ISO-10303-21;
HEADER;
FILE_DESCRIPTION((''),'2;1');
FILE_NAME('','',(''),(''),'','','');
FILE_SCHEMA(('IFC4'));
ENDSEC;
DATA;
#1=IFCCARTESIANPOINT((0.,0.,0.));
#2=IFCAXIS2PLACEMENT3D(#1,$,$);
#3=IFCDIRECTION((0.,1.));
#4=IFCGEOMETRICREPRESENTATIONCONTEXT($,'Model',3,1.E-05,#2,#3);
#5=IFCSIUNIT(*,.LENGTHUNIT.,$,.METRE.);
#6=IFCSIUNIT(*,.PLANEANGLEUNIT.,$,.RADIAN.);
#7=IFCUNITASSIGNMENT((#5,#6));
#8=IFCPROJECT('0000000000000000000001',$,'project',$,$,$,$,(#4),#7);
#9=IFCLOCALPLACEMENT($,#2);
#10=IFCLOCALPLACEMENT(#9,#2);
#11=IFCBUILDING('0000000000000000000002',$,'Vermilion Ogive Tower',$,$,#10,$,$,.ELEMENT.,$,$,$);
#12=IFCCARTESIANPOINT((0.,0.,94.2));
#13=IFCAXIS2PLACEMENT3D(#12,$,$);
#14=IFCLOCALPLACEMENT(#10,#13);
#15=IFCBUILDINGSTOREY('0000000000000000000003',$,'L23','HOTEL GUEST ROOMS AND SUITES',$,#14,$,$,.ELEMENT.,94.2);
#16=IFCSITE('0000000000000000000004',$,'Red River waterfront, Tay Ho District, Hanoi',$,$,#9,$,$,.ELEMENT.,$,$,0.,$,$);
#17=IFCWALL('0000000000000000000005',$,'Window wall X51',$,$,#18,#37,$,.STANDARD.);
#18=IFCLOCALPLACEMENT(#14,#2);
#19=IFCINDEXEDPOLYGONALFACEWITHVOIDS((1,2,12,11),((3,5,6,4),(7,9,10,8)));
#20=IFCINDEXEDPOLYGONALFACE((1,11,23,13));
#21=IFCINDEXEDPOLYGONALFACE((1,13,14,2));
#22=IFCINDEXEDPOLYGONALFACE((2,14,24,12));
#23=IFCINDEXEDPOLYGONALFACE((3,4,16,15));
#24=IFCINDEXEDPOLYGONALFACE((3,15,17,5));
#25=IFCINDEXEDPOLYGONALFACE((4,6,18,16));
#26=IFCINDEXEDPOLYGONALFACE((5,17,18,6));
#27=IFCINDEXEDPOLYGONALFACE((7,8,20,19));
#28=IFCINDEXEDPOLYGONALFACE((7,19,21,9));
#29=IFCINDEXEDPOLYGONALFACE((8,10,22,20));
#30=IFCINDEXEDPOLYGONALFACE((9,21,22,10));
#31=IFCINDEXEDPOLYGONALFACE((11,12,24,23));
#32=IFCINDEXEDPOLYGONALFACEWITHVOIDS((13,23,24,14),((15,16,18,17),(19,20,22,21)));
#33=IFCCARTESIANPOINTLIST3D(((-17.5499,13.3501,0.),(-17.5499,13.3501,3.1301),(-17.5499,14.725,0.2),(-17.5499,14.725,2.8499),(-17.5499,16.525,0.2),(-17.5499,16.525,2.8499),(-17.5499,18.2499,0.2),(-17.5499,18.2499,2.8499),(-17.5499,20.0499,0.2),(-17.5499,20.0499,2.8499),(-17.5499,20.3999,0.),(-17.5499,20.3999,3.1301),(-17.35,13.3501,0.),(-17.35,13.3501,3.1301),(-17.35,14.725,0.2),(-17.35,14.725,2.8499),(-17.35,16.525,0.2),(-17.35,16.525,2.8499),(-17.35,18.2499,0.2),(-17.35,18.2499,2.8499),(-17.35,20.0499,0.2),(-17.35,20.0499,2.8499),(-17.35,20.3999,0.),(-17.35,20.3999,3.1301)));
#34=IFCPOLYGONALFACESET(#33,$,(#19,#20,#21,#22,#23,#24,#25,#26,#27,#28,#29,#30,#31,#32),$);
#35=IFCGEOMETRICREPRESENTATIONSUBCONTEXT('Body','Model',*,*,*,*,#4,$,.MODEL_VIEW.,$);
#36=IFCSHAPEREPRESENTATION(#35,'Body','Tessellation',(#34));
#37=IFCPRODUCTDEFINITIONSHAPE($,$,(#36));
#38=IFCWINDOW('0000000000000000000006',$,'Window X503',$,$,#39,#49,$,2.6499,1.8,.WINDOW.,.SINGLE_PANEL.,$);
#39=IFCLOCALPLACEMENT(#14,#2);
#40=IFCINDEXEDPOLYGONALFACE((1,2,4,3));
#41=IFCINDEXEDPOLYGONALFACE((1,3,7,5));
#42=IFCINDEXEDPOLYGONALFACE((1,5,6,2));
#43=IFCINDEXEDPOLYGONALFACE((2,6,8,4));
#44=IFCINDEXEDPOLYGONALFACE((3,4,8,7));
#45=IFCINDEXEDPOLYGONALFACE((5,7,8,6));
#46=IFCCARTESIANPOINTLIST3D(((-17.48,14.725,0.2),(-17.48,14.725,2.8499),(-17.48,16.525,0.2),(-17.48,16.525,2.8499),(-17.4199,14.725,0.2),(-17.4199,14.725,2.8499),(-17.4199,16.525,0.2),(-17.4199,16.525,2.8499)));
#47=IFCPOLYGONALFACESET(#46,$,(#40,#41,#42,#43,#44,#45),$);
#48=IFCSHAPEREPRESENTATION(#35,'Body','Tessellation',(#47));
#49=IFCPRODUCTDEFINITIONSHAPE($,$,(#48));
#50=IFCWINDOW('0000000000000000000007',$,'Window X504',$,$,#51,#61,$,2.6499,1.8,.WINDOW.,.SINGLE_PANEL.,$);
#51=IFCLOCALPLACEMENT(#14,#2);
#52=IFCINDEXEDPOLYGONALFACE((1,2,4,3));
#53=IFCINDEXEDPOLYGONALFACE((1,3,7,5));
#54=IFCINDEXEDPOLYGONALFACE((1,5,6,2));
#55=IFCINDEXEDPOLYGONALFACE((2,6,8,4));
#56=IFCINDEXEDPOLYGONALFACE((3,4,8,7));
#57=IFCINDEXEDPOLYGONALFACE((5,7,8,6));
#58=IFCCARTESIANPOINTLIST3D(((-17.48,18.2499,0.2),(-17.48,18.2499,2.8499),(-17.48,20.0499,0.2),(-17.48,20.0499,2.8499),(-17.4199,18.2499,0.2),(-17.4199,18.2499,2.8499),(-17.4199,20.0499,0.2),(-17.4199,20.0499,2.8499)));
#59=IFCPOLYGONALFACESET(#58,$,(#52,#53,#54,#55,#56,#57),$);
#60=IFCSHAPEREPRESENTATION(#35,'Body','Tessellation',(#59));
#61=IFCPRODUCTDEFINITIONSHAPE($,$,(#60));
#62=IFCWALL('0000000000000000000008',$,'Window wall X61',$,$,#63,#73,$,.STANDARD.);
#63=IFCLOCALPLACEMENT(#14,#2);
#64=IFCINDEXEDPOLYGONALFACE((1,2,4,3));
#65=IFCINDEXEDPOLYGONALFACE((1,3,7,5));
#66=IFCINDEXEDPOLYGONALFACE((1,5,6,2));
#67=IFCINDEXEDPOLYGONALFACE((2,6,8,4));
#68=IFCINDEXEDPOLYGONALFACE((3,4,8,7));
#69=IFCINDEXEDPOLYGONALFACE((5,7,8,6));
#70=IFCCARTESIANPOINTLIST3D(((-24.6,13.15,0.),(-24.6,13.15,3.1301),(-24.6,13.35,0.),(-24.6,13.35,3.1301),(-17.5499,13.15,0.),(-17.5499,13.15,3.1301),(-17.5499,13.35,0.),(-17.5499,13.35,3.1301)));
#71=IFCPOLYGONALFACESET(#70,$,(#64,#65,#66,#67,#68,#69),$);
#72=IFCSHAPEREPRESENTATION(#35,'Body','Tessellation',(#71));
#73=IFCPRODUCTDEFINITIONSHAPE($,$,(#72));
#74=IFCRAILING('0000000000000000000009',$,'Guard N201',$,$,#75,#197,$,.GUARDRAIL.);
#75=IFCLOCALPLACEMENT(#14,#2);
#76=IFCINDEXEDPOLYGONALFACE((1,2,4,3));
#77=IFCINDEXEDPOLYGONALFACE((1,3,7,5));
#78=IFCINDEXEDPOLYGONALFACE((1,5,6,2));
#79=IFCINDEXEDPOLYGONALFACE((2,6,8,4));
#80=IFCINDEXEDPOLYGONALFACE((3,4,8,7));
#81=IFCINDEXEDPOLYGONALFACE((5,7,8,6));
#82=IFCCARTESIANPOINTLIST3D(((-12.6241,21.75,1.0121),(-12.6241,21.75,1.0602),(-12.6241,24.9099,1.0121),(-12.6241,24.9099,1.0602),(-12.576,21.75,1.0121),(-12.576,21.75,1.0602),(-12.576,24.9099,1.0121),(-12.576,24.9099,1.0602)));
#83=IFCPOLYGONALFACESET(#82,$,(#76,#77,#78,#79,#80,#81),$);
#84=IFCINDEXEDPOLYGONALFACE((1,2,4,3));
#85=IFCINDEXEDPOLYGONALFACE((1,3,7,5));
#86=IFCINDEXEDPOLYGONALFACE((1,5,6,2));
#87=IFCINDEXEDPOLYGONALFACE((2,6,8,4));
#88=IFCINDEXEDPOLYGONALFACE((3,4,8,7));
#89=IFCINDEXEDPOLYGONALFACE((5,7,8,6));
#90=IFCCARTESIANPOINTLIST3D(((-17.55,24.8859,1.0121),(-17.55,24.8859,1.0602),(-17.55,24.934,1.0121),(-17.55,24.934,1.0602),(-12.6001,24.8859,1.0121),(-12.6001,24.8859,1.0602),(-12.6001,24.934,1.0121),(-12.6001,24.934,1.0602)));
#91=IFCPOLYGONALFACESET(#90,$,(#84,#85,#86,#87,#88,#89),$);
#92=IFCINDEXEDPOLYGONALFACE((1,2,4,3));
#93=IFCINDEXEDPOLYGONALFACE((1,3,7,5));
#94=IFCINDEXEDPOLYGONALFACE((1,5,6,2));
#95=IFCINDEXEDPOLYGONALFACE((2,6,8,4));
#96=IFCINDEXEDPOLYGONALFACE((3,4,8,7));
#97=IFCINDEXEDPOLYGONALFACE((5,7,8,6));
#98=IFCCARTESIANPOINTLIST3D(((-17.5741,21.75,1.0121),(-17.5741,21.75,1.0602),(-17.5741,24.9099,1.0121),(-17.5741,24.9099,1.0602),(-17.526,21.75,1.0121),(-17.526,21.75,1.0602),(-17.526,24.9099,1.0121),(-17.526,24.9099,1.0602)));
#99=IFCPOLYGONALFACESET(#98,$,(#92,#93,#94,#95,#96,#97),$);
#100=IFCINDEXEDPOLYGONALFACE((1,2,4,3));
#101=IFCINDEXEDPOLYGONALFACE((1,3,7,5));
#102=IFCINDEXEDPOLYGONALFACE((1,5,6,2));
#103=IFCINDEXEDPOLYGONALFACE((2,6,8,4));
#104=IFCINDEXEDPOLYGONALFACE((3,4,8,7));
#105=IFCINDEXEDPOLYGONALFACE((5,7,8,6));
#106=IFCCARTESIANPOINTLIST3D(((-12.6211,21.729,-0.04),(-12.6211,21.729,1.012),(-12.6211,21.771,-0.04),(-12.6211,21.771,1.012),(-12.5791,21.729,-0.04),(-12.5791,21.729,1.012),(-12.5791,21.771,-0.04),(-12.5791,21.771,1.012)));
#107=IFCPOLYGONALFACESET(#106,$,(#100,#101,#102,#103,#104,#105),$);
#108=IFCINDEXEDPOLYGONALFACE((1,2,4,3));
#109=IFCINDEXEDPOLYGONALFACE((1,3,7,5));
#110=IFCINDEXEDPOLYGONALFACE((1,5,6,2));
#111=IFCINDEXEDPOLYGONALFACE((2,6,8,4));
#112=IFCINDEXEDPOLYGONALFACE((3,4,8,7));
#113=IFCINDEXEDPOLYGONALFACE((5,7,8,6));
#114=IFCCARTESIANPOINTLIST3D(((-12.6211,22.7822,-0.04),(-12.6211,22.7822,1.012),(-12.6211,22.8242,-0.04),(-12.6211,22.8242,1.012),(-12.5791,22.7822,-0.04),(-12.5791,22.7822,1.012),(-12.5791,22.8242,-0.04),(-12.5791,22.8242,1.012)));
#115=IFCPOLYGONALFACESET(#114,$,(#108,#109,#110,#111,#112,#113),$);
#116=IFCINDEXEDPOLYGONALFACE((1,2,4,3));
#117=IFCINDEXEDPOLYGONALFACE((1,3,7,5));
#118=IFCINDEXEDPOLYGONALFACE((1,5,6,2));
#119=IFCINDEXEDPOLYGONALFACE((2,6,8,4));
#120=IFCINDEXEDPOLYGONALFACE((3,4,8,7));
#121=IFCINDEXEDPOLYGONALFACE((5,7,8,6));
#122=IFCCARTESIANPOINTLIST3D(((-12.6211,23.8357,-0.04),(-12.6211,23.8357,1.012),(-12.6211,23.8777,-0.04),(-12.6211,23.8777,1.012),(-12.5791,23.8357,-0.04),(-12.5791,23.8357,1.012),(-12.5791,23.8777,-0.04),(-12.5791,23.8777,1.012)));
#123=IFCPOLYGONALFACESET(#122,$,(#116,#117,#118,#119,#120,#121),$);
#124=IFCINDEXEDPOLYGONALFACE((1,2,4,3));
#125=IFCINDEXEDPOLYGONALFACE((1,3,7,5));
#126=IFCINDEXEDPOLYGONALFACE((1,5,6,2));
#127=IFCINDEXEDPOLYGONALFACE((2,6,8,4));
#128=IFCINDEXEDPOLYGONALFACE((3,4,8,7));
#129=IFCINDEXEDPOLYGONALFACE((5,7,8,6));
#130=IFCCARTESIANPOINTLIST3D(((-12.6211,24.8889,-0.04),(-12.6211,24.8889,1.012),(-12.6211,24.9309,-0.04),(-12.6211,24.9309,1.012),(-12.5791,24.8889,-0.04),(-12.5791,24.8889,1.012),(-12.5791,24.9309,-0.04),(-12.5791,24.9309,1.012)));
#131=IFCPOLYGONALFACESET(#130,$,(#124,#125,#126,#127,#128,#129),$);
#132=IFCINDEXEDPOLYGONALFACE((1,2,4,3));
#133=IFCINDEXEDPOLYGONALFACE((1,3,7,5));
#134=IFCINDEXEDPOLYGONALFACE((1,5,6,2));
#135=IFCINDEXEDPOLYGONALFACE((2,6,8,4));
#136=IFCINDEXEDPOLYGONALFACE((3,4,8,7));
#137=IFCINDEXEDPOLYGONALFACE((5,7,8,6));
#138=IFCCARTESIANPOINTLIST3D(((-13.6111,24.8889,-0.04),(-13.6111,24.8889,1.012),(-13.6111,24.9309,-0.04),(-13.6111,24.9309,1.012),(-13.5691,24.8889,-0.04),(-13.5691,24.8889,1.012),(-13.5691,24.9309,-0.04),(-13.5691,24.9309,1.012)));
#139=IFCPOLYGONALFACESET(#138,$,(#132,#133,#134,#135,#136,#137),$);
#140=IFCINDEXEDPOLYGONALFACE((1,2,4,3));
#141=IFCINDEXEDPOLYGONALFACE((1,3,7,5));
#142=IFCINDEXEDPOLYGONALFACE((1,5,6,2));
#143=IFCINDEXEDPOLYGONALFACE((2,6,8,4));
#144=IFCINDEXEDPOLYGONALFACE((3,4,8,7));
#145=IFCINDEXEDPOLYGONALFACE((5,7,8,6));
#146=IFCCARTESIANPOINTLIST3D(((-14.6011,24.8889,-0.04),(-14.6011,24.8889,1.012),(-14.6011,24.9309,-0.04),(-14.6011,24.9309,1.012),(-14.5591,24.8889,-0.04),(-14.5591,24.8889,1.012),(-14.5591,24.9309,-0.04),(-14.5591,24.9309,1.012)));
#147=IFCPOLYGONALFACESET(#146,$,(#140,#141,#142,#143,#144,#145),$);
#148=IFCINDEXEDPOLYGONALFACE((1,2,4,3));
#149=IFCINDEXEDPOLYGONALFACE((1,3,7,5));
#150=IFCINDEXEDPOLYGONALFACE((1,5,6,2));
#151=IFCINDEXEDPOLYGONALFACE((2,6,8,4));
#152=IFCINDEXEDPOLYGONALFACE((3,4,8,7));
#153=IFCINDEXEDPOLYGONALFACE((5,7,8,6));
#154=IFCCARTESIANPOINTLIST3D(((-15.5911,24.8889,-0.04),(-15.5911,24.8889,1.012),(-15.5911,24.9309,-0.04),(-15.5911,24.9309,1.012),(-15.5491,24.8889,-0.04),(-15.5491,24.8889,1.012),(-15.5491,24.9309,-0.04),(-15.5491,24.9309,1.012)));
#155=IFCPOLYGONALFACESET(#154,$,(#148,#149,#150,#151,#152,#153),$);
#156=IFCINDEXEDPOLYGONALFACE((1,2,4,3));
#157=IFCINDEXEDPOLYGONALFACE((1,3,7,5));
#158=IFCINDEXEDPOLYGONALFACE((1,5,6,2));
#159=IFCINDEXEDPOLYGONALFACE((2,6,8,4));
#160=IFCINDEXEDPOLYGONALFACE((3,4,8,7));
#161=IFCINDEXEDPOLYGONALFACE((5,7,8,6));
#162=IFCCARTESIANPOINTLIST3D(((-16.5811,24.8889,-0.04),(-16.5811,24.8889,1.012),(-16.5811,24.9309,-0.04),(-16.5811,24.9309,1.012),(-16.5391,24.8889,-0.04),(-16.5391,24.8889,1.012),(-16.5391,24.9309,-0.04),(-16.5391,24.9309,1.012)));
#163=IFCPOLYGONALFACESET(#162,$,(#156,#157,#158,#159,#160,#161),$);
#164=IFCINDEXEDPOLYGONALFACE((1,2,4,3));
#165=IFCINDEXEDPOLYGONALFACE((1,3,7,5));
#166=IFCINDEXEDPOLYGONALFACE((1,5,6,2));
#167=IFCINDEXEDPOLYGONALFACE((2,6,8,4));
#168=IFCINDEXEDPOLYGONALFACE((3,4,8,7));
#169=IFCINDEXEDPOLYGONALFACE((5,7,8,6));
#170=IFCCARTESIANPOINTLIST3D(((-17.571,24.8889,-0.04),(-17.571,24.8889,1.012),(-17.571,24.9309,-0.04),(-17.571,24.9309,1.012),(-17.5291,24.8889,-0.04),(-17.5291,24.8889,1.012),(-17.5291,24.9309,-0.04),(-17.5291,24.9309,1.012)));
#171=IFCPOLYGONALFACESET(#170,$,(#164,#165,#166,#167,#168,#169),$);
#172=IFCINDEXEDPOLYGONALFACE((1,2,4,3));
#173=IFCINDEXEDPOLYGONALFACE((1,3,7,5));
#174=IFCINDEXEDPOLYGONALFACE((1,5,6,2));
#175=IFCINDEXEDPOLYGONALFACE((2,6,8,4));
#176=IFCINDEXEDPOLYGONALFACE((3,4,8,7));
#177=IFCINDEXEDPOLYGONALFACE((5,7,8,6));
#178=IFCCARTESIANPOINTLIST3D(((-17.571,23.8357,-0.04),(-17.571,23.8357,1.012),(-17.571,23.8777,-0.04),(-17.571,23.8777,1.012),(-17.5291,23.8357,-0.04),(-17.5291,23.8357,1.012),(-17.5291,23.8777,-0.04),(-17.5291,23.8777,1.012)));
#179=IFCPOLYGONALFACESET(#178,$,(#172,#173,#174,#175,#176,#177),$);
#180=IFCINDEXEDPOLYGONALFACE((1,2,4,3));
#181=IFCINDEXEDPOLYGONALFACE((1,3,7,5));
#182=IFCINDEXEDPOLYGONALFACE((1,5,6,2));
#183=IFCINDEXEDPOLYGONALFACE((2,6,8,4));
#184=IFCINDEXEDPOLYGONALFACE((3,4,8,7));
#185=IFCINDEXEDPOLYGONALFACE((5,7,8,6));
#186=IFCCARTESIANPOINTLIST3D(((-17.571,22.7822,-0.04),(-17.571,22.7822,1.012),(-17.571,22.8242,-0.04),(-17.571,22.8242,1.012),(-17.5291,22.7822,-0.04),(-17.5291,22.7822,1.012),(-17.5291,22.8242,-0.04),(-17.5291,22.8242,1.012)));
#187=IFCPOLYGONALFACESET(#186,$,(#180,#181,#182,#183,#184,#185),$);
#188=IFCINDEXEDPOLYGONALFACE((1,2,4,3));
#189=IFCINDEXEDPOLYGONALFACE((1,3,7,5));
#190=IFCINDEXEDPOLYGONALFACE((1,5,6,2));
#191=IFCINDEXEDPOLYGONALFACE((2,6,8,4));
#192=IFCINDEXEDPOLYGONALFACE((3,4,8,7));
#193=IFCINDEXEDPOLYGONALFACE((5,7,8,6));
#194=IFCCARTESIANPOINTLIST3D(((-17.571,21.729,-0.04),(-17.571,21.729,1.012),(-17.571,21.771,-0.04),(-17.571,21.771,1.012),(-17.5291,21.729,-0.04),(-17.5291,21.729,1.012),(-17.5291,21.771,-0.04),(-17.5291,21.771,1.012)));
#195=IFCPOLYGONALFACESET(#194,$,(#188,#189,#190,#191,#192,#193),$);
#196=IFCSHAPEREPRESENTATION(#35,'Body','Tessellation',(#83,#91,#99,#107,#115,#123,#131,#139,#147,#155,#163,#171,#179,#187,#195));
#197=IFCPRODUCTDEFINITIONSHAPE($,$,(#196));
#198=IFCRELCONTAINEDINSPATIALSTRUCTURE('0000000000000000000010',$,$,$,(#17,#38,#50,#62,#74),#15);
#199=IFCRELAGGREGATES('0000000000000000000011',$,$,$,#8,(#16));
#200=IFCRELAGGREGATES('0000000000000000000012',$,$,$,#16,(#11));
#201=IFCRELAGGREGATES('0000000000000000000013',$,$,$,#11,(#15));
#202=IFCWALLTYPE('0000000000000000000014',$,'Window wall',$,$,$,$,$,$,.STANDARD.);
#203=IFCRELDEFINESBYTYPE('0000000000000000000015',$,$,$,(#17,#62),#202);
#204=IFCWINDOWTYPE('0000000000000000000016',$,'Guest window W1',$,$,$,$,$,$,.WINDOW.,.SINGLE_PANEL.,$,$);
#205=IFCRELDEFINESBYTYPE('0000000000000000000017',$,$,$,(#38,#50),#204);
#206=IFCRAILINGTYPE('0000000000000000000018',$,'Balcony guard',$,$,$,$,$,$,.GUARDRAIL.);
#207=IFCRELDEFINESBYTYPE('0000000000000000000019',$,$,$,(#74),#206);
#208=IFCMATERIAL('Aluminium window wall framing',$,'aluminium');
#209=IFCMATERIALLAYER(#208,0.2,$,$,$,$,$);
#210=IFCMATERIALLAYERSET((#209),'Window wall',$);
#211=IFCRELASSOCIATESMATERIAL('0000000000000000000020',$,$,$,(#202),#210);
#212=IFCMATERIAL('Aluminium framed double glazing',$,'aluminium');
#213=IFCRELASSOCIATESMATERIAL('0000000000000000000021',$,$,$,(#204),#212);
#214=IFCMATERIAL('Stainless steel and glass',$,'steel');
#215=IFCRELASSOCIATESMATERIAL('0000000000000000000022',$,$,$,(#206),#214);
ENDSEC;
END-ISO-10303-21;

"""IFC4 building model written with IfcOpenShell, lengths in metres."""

from ifc_helpers import new_model, si_unit, direction, frame, frame_2d, origin, origin_2d, place, context, subcontext, project, spatial, rectangle, extrude, material, layer, layer_set, type_object, element, fill, save


model = new_model("IFC4")

# Units and contexts
model_context = context("Model", 3, precision=1e-05, world=origin(), true_north=direction((0.0, 1.0)))
body_context = subcontext(model_context, "Body", "Model", "MODEL_VIEW")
ifc_project = project(units=[si_unit("LENGTHUNIT", "METRE"), si_unit("PLANEANGLEUNIT", "RADIAN")], contexts=[model_context])

# Site, building, storey
site_placement = place(None, origin())
site = spatial("IfcSite", under=ifc_project, at=site_placement, Name="Red River waterfront, Tay Ho District, Hanoi", CompositionType="ELEMENT", RefElevation=0.0)
building_placement = place(site_placement, origin())
building = spatial("IfcBuilding", under=site, at=building_placement, Name="Vermilion Ogive Tower", CompositionType="ELEMENT")
storey_placement = place(building_placement, frame((0.0, 0.0, 94.2)))
storey = spatial("IfcBuildingStorey", under=building, at=storey_placement, Name="L23", Description="HOTEL GUEST ROOMS AND SUITES", CompositionType="ELEMENT", Elevation=94.2)

# Shared definitions
ifc_material_1 = material(Name="Aluminium window wall framing", Category="aluminium")
ifc_layer_1 = layer(ifc_material_1, 0.2)
ifc_layer_set_1 = layer_set([ifc_layer_1], Name="Window wall")
wall_type_1 = type_object("IfcWallType", Name="Window wall", PredefinedType="STANDARD", material=ifc_layer_set_1)
ifc_material_2 = material(Name="Aluminium framed double glazing", Category="aluminium")
window_type = type_object("IfcWindowType", Name="Guest window W1", PartitioningType="SINGLE_PANEL", PredefinedType="WINDOW", material=ifc_material_2)

# Wall, openings, windows
wall_1_placement = place(storey_placement, frame((-17.45, 20.3999, 0.0), z_axis=(0.0, 0.0, 1.0), x_axis=(0.0, -1.0, 0.0)))
wall_1 = element("IfcWall", 1, at=wall_1_placement, inside=storey, type_object=wall_type_1, Name="Window wall X51", PredefinedType="STANDARD", context=body_context, shape_type="SweptSolid", body=[
    extrude(rectangle(XDim=7.0498, YDim=0.2, at=frame_2d((3.5249, 0.0))), origin(), (0.0, 0.0, 1.0), 3.1301),
])
opening_1_placement = place(wall_1_placement, frame((3.875, 0.0, 0.2)))
opening_1 = element("IfcOpeningElement", 2, at=opening_1_placement, cuts=wall_1, PredefinedType="OPENING", context=body_context, shape_type="SweptSolid", body=[
    extrude(rectangle(XDim=1.8, YDim=2.6499, at=frame_2d((0.8999, 1.325))), frame((0.0, 0.1099, 0.0), z_axis=(0.0, -1.0, 0.0), x_axis=(1.0, 0.0, 0.0)), (0.0, 0.0, 1.0), 0.22),
])
opening_2_placement = place(wall_1_placement, frame((0.3501, 0.0, 0.2)))
opening_2 = element("IfcOpeningElement", 3, at=opening_2_placement, cuts=wall_1, PredefinedType="OPENING", context=body_context, shape_type="SweptSolid", body=[
    extrude(rectangle(XDim=1.8, YDim=2.6499, at=frame_2d((0.8999, 1.325))), frame((0.0, 0.1099, 0.0), z_axis=(0.0, -1.0, 0.0), x_axis=(1.0, 0.0, 0.0)), (0.0, 0.0, 1.0), 0.22),
])
window_1_placement = place(opening_1_placement, origin())
window_1 = element("IfcWindow", 4, at=window_1_placement, inside=storey, type_object=window_type, Name="Window X503", OverallHeight=2.6499, OverallWidth=1.8, PartitioningType="SINGLE_PANEL", PredefinedType="WINDOW", context=body_context, shape_type="SweptSolid", body=[
    extrude(rectangle(XDim=1.8, YDim=2.6499, at=frame_2d((0.8999, 1.325))), frame((0.0, 0.03, 0.0), z_axis=(0.0, -1.0, 0.0), x_axis=(1.0, 0.0, 0.0)), (0.0, 0.0, 1.0), 0.0601),
])
fill(opening_1, window_1)
window_2_placement = place(opening_2_placement, origin())
window_2 = element("IfcWindow", 5, at=window_2_placement, inside=storey, type_object=window_type, Name="Window X504", OverallHeight=2.6499, OverallWidth=1.8, PartitioningType="SINGLE_PANEL", PredefinedType="WINDOW", context=body_context, shape_type="SweptSolid", body=[
    extrude(rectangle(XDim=1.8, YDim=2.6499, at=frame_2d((0.8999, 1.325))), frame((0.0, 0.03, 0.0), z_axis=(0.0, -1.0, 0.0), x_axis=(1.0, 0.0, 0.0)), (0.0, 0.0, 1.0), 0.0601),
])
fill(opening_2, window_2)

# Wall
wall_2_placement = place(storey_placement, frame((-17.55, 13.25, 0.0), z_axis=(0.0, 0.0, 1.0), x_axis=(-1.0, 0.0, 0.0)))
element("IfcWall", 6, at=wall_2_placement, inside=storey, type_object=wall_type_1, Name="Window wall X61", PredefinedType="STANDARD", context=body_context, shape_type="SweptSolid", body=[
    extrude(rectangle(XDim=7.05, YDim=0.2, at=frame_2d((3.5249, 0.0))), origin(), (0.0, 0.0, 1.0), 3.1301),
])

# Railing
ifc_material_3 = material(Name="Stainless steel and glass", Category="steel")
railing_type = type_object("IfcRailingType", Name="Balcony guard", PredefinedType="GUARDRAIL", material=ifc_material_3)
railing_placement = place(storey_placement, frame((-12.6001, 21.75, -0.04)))
element("IfcRailing", 7, at=railing_placement, inside=storey, type_object=railing_type, Name="Guard N201", PredefinedType="GUARDRAIL", context=body_context, shape_type="SweptSolid", body=[
    extrude(rectangle(XDim=0.0481, YDim=0.0481, at=origin_2d()), frame((0.0, 0.0, 1.0762), z_axis=(0.0, 1.0, 0.0), x_axis=(-1.0, 0.0, 0.0)), (0.0, 0.0, 1.0), 3.1599),
    extrude(rectangle(XDim=0.0481, YDim=0.0481, at=origin_2d()), frame((0.0, 3.1599, 1.0762), z_axis=(-1.0, 0.0, 0.0), x_axis=(0.0, -1.0, 0.0)), (0.0, 0.0, 1.0), 4.95),
    extrude(rectangle(XDim=0.0481, YDim=0.0481, at=origin_2d()), frame((-4.95, 3.1599, 1.0762), z_axis=(0.0, -1.0, 0.0), x_axis=(1.0, 0.0, 0.0)), (0.0, 0.0, 1.0), 3.1599),
    extrude(rectangle(XDim=0.042, YDim=0.042, at=origin_2d()), origin(), (0.0, 0.0, 1.0), 1.052),
    extrude(rectangle(XDim=0.042, YDim=0.042, at=origin_2d()), frame((0.0, 1.0532, 0.0)), (0.0, 0.0, 1.0), 1.052),
    extrude(rectangle(XDim=0.042, YDim=0.042, at=origin_2d()), frame((0.0, 2.1067, 0.0)), (0.0, 0.0, 1.0), 1.052),
    extrude(rectangle(XDim=0.042, YDim=0.042, at=origin_2d()), frame((0.0, 3.1599, 0.0)), (0.0, 0.0, 1.0), 1.052),
    extrude(rectangle(XDim=0.042, YDim=0.042, at=origin_2d()), frame((-0.99, 3.1599, 0.0)), (0.0, 0.0, 1.0), 1.052),
    extrude(rectangle(XDim=0.042, YDim=0.042, at=origin_2d()), frame((-1.98, 3.1599, 0.0)), (0.0, 0.0, 1.0), 1.052),
    extrude(rectangle(XDim=0.042, YDim=0.042, at=origin_2d()), frame((-2.97, 3.1599, 0.0)), (0.0, 0.0, 1.0), 1.052),
    extrude(rectangle(XDim=0.042, YDim=0.042, at=origin_2d()), frame((-3.96, 3.1599, 0.0)), (0.0, 0.0, 1.0), 1.052),
    extrude(rectangle(XDim=0.042, YDim=0.042, at=origin_2d()), frame((-4.95, 3.1599, 0.0)), (0.0, 0.0, 1.0), 1.052),
    extrude(rectangle(XDim=0.042, YDim=0.042, at=origin_2d()), frame((-4.95, 2.1067, 0.0)), (0.0, 0.0, 1.0), 1.052),
    extrude(rectangle(XDim=0.042, YDim=0.042, at=origin_2d()), frame((-4.95, 1.0532, 0.0)), (0.0, 0.0, 1.0), 1.052),
    extrude(rectangle(XDim=0.042, YDim=0.042, at=origin_2d()), frame((-4.95, 0.0, 0.0)), (0.0, 0.0, 1.0), 1.052),
])

save(model, "model.ifc")
